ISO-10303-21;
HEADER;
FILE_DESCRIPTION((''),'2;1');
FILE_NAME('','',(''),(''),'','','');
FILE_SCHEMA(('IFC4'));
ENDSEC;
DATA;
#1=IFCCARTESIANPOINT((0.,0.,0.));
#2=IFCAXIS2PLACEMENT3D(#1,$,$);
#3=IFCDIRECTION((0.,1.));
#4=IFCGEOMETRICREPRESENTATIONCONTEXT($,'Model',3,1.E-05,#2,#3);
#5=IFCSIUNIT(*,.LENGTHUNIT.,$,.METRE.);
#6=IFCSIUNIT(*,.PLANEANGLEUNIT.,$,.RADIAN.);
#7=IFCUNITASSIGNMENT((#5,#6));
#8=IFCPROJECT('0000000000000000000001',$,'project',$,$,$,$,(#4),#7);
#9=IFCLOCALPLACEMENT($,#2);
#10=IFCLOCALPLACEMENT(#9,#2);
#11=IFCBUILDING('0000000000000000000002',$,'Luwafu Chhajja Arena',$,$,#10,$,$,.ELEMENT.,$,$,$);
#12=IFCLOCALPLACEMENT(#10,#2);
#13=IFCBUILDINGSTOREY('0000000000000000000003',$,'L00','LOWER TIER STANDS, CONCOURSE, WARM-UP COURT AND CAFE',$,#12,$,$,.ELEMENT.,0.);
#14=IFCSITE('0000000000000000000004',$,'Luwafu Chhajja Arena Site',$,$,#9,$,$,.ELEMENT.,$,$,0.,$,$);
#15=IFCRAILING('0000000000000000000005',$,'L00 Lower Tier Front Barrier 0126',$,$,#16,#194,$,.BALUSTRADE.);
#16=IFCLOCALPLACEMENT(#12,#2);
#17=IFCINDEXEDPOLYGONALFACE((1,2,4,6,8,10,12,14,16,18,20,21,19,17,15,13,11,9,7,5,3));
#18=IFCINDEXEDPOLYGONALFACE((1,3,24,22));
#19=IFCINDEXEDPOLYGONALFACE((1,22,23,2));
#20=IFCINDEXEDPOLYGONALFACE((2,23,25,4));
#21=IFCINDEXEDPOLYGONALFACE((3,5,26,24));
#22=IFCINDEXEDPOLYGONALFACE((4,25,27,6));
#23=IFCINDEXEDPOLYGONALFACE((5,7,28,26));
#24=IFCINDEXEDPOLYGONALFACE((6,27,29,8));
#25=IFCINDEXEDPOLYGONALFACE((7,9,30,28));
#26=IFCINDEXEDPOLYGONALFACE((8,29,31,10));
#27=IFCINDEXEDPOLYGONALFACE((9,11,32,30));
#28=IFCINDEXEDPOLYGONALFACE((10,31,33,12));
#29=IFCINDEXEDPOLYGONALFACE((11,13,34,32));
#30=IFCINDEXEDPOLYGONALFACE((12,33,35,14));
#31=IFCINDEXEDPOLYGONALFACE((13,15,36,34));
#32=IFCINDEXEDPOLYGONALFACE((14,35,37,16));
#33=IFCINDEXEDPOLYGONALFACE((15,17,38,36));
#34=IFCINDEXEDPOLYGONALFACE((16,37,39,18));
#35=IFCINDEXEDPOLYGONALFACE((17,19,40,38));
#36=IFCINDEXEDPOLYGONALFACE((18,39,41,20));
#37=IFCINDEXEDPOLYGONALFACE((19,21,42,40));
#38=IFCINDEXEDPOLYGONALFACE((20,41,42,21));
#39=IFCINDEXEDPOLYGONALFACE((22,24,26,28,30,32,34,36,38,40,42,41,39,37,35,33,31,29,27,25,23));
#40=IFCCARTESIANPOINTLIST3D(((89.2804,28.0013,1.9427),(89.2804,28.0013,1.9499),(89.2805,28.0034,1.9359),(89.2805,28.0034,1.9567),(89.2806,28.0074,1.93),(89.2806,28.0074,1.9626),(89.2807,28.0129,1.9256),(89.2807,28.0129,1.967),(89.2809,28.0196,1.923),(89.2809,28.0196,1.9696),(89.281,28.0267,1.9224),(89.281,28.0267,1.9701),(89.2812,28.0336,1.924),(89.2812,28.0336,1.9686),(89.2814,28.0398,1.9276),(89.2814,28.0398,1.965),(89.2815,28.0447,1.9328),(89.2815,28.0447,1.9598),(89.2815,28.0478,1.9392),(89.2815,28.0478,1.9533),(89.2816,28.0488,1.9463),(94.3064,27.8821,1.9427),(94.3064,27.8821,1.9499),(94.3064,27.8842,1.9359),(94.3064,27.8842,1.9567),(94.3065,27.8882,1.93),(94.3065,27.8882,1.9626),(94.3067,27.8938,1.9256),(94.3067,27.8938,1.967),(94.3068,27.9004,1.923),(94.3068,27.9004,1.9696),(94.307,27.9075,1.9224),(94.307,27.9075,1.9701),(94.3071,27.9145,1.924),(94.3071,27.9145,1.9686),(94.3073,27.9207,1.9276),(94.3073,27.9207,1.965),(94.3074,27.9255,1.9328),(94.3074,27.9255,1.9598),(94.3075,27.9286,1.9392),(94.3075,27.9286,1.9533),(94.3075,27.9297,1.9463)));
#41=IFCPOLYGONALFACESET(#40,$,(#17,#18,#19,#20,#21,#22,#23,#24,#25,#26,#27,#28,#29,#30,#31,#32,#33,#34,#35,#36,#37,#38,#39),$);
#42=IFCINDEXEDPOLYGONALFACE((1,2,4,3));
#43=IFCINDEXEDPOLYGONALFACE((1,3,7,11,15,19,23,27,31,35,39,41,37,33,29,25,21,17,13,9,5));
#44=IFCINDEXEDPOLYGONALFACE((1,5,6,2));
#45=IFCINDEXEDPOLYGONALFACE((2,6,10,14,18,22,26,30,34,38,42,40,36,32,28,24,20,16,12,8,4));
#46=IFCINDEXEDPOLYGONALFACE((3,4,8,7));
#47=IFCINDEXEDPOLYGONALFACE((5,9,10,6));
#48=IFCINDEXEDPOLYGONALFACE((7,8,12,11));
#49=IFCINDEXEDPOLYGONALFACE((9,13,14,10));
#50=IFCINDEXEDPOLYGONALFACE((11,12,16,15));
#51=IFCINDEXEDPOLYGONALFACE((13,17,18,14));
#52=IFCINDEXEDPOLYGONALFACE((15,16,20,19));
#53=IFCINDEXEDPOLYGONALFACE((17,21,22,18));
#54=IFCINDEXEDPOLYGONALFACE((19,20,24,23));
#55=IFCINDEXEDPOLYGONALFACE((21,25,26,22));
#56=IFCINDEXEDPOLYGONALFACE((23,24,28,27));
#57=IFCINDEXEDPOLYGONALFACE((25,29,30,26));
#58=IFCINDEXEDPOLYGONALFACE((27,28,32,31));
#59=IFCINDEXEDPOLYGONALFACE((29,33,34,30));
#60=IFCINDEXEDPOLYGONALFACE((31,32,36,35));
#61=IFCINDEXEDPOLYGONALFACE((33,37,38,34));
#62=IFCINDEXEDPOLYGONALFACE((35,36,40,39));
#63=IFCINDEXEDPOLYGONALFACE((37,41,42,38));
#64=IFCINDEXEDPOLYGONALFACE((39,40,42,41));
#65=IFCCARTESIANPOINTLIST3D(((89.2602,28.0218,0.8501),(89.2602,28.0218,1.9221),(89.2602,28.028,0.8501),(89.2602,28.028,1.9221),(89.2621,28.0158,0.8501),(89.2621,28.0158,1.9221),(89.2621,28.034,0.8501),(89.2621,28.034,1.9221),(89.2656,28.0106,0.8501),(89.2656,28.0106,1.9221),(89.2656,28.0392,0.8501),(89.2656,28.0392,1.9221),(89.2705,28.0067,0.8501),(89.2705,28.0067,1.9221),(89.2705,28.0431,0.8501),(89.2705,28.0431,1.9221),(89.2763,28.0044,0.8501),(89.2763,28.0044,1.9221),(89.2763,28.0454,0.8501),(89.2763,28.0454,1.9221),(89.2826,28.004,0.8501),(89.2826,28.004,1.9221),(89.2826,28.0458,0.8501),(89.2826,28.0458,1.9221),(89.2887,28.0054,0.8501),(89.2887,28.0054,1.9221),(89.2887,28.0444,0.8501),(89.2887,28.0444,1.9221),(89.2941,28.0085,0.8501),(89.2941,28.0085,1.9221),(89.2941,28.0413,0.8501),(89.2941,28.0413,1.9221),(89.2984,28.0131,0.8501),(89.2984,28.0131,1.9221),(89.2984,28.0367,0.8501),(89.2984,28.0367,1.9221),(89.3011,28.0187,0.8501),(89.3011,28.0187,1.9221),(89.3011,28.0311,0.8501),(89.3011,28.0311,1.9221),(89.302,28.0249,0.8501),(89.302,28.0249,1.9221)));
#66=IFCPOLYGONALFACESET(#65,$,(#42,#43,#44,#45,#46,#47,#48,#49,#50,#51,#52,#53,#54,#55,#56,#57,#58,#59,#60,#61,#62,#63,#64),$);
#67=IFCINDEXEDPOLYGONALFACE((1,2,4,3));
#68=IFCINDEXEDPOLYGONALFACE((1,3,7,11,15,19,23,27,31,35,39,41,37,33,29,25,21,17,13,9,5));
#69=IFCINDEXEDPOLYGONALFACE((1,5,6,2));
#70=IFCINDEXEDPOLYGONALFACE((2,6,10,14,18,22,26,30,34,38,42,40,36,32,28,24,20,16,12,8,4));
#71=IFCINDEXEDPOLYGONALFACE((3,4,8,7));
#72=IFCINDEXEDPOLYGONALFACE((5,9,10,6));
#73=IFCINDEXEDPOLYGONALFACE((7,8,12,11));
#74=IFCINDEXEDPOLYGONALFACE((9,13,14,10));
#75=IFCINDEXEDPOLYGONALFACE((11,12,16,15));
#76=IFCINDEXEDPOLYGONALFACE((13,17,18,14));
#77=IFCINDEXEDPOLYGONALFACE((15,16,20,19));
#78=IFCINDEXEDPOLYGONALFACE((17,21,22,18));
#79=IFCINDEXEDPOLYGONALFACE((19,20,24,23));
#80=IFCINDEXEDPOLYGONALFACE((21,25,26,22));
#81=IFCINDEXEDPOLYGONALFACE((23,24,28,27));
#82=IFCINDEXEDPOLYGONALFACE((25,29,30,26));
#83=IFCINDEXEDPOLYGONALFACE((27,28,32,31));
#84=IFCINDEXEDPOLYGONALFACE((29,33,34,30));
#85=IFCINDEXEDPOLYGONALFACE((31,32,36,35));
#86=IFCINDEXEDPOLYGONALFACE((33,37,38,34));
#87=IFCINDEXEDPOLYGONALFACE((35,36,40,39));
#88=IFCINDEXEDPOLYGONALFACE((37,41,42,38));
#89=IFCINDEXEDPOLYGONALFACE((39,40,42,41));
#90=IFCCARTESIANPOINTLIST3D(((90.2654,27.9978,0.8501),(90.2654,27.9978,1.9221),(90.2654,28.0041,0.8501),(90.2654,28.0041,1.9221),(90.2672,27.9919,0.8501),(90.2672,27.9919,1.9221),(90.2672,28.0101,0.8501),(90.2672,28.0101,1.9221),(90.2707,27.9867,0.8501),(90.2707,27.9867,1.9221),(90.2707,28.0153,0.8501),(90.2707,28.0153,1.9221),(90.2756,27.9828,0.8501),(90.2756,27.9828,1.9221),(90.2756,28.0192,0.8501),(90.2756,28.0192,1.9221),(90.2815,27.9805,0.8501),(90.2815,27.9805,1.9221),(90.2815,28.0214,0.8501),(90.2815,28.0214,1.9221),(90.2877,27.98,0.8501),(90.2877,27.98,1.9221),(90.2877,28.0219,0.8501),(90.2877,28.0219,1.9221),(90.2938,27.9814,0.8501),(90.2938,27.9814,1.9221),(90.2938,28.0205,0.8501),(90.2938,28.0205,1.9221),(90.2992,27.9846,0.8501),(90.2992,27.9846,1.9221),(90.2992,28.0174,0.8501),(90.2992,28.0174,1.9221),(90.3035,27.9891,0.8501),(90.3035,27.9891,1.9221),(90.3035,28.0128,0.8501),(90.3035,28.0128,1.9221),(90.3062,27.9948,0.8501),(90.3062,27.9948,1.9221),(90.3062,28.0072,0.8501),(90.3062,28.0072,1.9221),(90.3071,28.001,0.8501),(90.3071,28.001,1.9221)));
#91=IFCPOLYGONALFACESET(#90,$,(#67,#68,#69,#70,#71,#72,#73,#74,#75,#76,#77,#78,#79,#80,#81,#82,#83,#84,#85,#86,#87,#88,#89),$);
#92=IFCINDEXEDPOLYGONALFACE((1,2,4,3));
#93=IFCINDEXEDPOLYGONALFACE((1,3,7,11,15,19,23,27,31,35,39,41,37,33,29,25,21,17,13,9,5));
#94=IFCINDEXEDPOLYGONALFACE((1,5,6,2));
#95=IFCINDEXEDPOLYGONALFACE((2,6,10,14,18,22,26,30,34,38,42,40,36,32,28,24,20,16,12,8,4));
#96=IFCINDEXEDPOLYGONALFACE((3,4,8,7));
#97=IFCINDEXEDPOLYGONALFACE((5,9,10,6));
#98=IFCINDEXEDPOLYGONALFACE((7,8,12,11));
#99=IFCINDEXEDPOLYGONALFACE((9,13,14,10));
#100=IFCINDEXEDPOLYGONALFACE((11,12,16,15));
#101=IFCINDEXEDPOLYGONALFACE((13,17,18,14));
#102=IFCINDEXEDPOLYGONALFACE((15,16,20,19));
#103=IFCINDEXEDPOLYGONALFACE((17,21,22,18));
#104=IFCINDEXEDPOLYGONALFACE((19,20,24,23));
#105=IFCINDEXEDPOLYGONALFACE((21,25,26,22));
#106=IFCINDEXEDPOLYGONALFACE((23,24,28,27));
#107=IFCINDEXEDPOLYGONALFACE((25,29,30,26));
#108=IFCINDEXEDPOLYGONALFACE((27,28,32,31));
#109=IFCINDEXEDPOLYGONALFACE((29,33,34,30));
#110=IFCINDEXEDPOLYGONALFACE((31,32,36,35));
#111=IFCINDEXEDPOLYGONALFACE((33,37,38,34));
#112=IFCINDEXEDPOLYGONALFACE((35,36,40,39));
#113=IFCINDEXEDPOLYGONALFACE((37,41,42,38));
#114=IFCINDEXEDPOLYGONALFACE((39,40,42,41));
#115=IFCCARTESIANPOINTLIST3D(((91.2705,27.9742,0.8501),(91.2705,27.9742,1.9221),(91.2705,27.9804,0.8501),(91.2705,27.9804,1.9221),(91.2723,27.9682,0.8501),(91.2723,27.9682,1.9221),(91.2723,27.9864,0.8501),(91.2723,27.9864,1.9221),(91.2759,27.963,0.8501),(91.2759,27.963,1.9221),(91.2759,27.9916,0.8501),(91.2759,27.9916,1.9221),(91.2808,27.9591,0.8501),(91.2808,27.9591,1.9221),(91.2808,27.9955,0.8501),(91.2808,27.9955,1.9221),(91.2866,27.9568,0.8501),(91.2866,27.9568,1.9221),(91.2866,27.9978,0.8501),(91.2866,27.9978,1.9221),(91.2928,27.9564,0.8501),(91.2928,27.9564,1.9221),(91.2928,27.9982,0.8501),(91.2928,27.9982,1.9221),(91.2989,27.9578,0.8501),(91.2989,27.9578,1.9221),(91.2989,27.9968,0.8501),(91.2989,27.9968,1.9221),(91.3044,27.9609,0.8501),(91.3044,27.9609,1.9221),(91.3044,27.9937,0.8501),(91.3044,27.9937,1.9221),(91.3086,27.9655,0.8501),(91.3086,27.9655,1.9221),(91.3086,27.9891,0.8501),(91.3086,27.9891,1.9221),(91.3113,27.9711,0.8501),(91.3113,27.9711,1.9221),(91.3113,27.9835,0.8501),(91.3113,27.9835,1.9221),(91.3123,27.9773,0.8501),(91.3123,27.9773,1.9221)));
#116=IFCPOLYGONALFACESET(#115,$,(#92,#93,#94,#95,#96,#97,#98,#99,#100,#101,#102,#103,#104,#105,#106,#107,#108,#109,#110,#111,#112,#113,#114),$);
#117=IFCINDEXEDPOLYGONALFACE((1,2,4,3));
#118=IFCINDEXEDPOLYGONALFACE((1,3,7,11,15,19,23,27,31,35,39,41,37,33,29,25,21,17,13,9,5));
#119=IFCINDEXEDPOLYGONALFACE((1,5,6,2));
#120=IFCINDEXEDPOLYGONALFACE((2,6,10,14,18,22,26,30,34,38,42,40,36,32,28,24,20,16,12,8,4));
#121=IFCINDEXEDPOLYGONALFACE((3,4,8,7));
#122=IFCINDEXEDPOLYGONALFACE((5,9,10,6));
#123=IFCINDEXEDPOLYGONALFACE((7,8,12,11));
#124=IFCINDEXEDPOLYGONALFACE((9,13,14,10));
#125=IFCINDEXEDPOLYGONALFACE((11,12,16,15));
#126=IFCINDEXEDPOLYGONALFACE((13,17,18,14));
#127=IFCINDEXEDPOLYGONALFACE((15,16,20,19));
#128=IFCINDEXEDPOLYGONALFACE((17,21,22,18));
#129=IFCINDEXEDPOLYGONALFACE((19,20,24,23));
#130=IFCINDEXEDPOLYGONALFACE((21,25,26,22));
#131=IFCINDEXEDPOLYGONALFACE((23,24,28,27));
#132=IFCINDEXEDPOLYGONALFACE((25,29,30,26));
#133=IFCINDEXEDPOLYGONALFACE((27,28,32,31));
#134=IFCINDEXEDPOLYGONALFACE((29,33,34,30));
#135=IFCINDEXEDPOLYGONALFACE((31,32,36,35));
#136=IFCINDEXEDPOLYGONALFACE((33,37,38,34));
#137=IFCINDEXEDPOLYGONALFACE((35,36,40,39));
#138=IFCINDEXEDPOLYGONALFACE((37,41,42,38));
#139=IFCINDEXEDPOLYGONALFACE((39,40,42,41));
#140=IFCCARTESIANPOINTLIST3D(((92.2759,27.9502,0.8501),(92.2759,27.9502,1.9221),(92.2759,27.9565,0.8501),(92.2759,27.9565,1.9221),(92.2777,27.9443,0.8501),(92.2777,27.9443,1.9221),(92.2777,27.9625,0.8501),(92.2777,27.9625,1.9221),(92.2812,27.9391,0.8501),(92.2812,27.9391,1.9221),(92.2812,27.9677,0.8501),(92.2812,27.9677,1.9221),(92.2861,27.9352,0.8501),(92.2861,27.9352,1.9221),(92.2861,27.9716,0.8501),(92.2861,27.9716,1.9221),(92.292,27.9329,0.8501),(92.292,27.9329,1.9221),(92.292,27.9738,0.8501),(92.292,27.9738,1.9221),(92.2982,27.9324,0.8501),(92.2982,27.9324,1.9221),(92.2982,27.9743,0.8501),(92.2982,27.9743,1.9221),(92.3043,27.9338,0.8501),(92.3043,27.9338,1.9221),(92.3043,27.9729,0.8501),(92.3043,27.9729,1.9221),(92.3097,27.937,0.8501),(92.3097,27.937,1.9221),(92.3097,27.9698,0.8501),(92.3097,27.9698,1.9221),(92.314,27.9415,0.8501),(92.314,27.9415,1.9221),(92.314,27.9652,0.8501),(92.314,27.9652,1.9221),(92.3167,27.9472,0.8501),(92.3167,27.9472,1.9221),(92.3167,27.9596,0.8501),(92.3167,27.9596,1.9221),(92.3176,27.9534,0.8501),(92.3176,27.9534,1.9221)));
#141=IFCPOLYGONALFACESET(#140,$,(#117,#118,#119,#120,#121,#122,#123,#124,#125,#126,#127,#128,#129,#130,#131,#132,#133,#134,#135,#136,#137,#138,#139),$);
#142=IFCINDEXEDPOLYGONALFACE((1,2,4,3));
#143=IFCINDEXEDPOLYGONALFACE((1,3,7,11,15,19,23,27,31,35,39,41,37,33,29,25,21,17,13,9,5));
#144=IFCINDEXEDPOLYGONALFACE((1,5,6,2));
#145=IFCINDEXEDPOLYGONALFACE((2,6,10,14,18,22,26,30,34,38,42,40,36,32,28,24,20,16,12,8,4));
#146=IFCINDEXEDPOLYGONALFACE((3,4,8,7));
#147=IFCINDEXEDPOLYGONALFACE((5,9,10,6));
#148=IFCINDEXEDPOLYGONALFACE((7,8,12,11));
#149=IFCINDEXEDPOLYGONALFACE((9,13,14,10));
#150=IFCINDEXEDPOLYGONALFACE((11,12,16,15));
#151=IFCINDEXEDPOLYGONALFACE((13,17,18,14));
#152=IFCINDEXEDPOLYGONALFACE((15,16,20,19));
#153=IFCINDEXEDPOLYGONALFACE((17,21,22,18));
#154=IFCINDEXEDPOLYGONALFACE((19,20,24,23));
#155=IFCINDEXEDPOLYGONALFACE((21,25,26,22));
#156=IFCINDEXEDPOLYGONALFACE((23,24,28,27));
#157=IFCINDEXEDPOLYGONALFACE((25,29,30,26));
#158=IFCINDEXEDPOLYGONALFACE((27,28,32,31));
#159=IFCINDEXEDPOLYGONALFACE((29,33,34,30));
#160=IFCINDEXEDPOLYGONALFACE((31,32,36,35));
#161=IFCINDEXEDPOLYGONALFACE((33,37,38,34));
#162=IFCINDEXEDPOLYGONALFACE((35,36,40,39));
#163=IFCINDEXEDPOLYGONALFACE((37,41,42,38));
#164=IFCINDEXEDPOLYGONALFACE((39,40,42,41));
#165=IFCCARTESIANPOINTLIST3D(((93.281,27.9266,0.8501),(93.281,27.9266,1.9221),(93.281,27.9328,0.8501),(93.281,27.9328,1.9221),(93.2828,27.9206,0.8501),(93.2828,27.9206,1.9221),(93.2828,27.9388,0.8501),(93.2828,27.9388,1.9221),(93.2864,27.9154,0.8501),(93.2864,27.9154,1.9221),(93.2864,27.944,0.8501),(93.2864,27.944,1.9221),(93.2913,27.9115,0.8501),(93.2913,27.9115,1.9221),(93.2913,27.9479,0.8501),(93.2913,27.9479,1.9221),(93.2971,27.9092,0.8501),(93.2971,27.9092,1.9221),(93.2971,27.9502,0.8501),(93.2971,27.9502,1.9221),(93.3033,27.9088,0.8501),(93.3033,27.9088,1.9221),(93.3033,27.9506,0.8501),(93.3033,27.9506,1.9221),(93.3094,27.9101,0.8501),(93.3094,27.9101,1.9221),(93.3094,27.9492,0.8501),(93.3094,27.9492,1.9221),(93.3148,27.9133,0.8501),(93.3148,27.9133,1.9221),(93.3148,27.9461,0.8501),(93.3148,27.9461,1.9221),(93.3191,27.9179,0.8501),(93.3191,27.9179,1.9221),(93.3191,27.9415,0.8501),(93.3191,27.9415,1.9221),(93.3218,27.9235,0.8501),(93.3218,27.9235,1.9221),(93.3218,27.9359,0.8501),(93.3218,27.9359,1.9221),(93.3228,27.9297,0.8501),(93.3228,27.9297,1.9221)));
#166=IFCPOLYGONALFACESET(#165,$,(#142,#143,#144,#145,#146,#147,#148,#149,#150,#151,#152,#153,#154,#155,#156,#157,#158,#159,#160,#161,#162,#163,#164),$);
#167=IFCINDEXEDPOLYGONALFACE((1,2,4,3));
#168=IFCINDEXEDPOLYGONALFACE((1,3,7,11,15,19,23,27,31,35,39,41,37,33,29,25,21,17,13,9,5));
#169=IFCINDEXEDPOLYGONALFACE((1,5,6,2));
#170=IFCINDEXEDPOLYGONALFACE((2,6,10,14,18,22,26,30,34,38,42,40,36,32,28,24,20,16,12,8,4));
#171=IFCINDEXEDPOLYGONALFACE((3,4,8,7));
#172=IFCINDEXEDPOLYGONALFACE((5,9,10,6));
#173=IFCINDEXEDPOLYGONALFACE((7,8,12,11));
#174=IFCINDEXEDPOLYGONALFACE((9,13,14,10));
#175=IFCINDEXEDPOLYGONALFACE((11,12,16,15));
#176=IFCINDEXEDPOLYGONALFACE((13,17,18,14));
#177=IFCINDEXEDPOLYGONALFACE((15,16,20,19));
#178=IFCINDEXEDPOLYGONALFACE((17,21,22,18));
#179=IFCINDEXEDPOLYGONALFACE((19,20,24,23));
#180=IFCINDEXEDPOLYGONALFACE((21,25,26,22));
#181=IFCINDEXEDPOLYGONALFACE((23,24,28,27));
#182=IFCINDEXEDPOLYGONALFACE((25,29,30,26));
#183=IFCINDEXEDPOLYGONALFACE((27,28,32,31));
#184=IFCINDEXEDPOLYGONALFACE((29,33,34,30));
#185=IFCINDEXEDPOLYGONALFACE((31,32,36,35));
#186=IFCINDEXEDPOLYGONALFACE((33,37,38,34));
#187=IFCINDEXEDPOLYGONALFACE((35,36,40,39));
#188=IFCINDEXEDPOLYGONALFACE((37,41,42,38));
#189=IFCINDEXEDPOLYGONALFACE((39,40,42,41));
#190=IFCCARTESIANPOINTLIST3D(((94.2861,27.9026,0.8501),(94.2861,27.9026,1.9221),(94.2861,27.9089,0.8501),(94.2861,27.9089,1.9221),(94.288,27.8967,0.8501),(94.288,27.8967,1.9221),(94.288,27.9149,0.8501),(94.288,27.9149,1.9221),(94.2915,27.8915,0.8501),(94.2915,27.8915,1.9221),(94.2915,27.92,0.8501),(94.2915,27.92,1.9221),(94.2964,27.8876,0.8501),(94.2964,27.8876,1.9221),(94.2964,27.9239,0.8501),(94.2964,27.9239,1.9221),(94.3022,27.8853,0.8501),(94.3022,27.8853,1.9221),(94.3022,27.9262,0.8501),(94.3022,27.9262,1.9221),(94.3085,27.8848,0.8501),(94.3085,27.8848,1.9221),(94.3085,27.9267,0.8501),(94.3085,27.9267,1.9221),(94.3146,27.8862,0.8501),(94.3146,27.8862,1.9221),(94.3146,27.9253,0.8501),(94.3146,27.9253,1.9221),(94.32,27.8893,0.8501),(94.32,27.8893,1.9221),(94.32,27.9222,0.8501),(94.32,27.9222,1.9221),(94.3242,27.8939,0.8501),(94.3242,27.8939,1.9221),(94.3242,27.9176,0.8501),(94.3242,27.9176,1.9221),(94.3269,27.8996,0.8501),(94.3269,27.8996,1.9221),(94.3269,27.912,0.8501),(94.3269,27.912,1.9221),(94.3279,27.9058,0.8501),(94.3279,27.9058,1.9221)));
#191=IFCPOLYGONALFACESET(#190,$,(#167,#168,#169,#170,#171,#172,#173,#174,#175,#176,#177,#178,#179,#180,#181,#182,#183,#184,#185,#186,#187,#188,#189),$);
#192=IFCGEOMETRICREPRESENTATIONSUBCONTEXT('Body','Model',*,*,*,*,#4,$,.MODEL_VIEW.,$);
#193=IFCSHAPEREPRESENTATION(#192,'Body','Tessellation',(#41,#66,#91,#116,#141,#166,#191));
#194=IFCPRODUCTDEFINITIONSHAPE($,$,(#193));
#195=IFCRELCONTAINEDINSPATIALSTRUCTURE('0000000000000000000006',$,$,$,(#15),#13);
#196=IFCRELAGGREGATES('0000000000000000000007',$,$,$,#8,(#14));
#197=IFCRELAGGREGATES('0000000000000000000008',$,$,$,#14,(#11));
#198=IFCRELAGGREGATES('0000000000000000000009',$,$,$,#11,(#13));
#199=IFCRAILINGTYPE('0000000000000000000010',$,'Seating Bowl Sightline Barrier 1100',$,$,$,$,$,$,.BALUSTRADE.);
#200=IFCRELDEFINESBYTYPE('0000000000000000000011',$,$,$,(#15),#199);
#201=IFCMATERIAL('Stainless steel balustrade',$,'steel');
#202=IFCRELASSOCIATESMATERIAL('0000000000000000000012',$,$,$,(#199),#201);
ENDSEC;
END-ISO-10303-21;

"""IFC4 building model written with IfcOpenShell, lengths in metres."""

from ifc_helpers import new_model, si_unit, direction, frame, origin, origin_2d, place, context, subcontext, project, spatial, circle, extrude, material, type_object, element, save


model = new_model("IFC4")

# Units and contexts
model_context = context("Model", 3, precision=1e-05, world=origin(), true_north=direction((0.0, 1.0)))
body_context = subcontext(model_context, "Body", "Model", "MODEL_VIEW")
ifc_project = project(units=[si_unit("LENGTHUNIT", "METRE"), si_unit("PLANEANGLEUNIT", "RADIAN")], contexts=[model_context])

# Site, building, storey
site_placement = place(None, origin())
site = spatial("IfcSite", under=ifc_project, at=site_placement, Name="Luwafu Chhajja Arena Site", CompositionType="ELEMENT", RefElevation=0.0)
building_placement = place(site_placement, origin())
building = spatial("IfcBuilding", under=site, at=building_placement, Name="Luwafu Chhajja Arena", CompositionType="ELEMENT")
storey_placement = place(building_placement, origin())
storey = spatial("IfcBuildingStorey", under=building, at=storey_placement, Name="L00", Description="LOWER TIER STANDS, CONCOURSE, WARM-UP COURT AND CAFE", CompositionType="ELEMENT", Elevation=0.0)

# Railing
ifc_material_1 = material(Name="Stainless steel balustrade", Category="steel")
railing_type = type_object("IfcRailingType", Name="Seating Bowl Sightline Barrier 1100", PredefinedType="BALUSTRADE", material=ifc_material_1)
railing_1_placement = place(storey_placement, frame((89.281, 28.0249, 0.8501)))
element("IfcRailing", 1, at=railing_1_placement, inside=storey, type_object=railing_type, Name="L00 Lower Tier Front Barrier 0126", PredefinedType="BALUSTRADE", context=body_context, shape_type="SweptSolid", body=[
    extrude(circle(Radius=0.0239, at=origin_2d()), frame((0.0, 0.0, 1.0962), z_axis=(0.999719, -0.023699, 0.0), x_axis=(0.023699, 0.999719, 0.0)), (0.0, 0.0, 1.0), 5.0273),
    extrude(circle(Radius=0.021, at=origin_2d()), origin(), (0.0, 0.0, 1.0), 1.072),
    extrude(circle(Radius=0.021, at=origin_2d()), frame((1.0051, -0.0239, 0.0)), (0.0, 0.0, 1.0), 1.072),
    extrude(circle(Radius=0.021, at=origin_2d()), frame((2.0103, -0.0476, 0.0)), (0.0, 0.0, 1.0), 1.072),
    extrude(circle(Radius=0.021, at=origin_2d()), frame((3.0156, -0.0715, 0.0)), (0.0, 0.0, 1.0), 1.072),
    extrude(circle(Radius=0.021, at=origin_2d()), frame((4.0208, -0.0952, 0.0)), (0.0, 0.0, 1.0), 1.072),
    extrude(circle(Radius=0.021, at=origin_2d()), frame((5.0259, -0.1191, 0.0)), (0.0, 0.0, 1.0), 1.072),
])

save(model, "model.ifc")
